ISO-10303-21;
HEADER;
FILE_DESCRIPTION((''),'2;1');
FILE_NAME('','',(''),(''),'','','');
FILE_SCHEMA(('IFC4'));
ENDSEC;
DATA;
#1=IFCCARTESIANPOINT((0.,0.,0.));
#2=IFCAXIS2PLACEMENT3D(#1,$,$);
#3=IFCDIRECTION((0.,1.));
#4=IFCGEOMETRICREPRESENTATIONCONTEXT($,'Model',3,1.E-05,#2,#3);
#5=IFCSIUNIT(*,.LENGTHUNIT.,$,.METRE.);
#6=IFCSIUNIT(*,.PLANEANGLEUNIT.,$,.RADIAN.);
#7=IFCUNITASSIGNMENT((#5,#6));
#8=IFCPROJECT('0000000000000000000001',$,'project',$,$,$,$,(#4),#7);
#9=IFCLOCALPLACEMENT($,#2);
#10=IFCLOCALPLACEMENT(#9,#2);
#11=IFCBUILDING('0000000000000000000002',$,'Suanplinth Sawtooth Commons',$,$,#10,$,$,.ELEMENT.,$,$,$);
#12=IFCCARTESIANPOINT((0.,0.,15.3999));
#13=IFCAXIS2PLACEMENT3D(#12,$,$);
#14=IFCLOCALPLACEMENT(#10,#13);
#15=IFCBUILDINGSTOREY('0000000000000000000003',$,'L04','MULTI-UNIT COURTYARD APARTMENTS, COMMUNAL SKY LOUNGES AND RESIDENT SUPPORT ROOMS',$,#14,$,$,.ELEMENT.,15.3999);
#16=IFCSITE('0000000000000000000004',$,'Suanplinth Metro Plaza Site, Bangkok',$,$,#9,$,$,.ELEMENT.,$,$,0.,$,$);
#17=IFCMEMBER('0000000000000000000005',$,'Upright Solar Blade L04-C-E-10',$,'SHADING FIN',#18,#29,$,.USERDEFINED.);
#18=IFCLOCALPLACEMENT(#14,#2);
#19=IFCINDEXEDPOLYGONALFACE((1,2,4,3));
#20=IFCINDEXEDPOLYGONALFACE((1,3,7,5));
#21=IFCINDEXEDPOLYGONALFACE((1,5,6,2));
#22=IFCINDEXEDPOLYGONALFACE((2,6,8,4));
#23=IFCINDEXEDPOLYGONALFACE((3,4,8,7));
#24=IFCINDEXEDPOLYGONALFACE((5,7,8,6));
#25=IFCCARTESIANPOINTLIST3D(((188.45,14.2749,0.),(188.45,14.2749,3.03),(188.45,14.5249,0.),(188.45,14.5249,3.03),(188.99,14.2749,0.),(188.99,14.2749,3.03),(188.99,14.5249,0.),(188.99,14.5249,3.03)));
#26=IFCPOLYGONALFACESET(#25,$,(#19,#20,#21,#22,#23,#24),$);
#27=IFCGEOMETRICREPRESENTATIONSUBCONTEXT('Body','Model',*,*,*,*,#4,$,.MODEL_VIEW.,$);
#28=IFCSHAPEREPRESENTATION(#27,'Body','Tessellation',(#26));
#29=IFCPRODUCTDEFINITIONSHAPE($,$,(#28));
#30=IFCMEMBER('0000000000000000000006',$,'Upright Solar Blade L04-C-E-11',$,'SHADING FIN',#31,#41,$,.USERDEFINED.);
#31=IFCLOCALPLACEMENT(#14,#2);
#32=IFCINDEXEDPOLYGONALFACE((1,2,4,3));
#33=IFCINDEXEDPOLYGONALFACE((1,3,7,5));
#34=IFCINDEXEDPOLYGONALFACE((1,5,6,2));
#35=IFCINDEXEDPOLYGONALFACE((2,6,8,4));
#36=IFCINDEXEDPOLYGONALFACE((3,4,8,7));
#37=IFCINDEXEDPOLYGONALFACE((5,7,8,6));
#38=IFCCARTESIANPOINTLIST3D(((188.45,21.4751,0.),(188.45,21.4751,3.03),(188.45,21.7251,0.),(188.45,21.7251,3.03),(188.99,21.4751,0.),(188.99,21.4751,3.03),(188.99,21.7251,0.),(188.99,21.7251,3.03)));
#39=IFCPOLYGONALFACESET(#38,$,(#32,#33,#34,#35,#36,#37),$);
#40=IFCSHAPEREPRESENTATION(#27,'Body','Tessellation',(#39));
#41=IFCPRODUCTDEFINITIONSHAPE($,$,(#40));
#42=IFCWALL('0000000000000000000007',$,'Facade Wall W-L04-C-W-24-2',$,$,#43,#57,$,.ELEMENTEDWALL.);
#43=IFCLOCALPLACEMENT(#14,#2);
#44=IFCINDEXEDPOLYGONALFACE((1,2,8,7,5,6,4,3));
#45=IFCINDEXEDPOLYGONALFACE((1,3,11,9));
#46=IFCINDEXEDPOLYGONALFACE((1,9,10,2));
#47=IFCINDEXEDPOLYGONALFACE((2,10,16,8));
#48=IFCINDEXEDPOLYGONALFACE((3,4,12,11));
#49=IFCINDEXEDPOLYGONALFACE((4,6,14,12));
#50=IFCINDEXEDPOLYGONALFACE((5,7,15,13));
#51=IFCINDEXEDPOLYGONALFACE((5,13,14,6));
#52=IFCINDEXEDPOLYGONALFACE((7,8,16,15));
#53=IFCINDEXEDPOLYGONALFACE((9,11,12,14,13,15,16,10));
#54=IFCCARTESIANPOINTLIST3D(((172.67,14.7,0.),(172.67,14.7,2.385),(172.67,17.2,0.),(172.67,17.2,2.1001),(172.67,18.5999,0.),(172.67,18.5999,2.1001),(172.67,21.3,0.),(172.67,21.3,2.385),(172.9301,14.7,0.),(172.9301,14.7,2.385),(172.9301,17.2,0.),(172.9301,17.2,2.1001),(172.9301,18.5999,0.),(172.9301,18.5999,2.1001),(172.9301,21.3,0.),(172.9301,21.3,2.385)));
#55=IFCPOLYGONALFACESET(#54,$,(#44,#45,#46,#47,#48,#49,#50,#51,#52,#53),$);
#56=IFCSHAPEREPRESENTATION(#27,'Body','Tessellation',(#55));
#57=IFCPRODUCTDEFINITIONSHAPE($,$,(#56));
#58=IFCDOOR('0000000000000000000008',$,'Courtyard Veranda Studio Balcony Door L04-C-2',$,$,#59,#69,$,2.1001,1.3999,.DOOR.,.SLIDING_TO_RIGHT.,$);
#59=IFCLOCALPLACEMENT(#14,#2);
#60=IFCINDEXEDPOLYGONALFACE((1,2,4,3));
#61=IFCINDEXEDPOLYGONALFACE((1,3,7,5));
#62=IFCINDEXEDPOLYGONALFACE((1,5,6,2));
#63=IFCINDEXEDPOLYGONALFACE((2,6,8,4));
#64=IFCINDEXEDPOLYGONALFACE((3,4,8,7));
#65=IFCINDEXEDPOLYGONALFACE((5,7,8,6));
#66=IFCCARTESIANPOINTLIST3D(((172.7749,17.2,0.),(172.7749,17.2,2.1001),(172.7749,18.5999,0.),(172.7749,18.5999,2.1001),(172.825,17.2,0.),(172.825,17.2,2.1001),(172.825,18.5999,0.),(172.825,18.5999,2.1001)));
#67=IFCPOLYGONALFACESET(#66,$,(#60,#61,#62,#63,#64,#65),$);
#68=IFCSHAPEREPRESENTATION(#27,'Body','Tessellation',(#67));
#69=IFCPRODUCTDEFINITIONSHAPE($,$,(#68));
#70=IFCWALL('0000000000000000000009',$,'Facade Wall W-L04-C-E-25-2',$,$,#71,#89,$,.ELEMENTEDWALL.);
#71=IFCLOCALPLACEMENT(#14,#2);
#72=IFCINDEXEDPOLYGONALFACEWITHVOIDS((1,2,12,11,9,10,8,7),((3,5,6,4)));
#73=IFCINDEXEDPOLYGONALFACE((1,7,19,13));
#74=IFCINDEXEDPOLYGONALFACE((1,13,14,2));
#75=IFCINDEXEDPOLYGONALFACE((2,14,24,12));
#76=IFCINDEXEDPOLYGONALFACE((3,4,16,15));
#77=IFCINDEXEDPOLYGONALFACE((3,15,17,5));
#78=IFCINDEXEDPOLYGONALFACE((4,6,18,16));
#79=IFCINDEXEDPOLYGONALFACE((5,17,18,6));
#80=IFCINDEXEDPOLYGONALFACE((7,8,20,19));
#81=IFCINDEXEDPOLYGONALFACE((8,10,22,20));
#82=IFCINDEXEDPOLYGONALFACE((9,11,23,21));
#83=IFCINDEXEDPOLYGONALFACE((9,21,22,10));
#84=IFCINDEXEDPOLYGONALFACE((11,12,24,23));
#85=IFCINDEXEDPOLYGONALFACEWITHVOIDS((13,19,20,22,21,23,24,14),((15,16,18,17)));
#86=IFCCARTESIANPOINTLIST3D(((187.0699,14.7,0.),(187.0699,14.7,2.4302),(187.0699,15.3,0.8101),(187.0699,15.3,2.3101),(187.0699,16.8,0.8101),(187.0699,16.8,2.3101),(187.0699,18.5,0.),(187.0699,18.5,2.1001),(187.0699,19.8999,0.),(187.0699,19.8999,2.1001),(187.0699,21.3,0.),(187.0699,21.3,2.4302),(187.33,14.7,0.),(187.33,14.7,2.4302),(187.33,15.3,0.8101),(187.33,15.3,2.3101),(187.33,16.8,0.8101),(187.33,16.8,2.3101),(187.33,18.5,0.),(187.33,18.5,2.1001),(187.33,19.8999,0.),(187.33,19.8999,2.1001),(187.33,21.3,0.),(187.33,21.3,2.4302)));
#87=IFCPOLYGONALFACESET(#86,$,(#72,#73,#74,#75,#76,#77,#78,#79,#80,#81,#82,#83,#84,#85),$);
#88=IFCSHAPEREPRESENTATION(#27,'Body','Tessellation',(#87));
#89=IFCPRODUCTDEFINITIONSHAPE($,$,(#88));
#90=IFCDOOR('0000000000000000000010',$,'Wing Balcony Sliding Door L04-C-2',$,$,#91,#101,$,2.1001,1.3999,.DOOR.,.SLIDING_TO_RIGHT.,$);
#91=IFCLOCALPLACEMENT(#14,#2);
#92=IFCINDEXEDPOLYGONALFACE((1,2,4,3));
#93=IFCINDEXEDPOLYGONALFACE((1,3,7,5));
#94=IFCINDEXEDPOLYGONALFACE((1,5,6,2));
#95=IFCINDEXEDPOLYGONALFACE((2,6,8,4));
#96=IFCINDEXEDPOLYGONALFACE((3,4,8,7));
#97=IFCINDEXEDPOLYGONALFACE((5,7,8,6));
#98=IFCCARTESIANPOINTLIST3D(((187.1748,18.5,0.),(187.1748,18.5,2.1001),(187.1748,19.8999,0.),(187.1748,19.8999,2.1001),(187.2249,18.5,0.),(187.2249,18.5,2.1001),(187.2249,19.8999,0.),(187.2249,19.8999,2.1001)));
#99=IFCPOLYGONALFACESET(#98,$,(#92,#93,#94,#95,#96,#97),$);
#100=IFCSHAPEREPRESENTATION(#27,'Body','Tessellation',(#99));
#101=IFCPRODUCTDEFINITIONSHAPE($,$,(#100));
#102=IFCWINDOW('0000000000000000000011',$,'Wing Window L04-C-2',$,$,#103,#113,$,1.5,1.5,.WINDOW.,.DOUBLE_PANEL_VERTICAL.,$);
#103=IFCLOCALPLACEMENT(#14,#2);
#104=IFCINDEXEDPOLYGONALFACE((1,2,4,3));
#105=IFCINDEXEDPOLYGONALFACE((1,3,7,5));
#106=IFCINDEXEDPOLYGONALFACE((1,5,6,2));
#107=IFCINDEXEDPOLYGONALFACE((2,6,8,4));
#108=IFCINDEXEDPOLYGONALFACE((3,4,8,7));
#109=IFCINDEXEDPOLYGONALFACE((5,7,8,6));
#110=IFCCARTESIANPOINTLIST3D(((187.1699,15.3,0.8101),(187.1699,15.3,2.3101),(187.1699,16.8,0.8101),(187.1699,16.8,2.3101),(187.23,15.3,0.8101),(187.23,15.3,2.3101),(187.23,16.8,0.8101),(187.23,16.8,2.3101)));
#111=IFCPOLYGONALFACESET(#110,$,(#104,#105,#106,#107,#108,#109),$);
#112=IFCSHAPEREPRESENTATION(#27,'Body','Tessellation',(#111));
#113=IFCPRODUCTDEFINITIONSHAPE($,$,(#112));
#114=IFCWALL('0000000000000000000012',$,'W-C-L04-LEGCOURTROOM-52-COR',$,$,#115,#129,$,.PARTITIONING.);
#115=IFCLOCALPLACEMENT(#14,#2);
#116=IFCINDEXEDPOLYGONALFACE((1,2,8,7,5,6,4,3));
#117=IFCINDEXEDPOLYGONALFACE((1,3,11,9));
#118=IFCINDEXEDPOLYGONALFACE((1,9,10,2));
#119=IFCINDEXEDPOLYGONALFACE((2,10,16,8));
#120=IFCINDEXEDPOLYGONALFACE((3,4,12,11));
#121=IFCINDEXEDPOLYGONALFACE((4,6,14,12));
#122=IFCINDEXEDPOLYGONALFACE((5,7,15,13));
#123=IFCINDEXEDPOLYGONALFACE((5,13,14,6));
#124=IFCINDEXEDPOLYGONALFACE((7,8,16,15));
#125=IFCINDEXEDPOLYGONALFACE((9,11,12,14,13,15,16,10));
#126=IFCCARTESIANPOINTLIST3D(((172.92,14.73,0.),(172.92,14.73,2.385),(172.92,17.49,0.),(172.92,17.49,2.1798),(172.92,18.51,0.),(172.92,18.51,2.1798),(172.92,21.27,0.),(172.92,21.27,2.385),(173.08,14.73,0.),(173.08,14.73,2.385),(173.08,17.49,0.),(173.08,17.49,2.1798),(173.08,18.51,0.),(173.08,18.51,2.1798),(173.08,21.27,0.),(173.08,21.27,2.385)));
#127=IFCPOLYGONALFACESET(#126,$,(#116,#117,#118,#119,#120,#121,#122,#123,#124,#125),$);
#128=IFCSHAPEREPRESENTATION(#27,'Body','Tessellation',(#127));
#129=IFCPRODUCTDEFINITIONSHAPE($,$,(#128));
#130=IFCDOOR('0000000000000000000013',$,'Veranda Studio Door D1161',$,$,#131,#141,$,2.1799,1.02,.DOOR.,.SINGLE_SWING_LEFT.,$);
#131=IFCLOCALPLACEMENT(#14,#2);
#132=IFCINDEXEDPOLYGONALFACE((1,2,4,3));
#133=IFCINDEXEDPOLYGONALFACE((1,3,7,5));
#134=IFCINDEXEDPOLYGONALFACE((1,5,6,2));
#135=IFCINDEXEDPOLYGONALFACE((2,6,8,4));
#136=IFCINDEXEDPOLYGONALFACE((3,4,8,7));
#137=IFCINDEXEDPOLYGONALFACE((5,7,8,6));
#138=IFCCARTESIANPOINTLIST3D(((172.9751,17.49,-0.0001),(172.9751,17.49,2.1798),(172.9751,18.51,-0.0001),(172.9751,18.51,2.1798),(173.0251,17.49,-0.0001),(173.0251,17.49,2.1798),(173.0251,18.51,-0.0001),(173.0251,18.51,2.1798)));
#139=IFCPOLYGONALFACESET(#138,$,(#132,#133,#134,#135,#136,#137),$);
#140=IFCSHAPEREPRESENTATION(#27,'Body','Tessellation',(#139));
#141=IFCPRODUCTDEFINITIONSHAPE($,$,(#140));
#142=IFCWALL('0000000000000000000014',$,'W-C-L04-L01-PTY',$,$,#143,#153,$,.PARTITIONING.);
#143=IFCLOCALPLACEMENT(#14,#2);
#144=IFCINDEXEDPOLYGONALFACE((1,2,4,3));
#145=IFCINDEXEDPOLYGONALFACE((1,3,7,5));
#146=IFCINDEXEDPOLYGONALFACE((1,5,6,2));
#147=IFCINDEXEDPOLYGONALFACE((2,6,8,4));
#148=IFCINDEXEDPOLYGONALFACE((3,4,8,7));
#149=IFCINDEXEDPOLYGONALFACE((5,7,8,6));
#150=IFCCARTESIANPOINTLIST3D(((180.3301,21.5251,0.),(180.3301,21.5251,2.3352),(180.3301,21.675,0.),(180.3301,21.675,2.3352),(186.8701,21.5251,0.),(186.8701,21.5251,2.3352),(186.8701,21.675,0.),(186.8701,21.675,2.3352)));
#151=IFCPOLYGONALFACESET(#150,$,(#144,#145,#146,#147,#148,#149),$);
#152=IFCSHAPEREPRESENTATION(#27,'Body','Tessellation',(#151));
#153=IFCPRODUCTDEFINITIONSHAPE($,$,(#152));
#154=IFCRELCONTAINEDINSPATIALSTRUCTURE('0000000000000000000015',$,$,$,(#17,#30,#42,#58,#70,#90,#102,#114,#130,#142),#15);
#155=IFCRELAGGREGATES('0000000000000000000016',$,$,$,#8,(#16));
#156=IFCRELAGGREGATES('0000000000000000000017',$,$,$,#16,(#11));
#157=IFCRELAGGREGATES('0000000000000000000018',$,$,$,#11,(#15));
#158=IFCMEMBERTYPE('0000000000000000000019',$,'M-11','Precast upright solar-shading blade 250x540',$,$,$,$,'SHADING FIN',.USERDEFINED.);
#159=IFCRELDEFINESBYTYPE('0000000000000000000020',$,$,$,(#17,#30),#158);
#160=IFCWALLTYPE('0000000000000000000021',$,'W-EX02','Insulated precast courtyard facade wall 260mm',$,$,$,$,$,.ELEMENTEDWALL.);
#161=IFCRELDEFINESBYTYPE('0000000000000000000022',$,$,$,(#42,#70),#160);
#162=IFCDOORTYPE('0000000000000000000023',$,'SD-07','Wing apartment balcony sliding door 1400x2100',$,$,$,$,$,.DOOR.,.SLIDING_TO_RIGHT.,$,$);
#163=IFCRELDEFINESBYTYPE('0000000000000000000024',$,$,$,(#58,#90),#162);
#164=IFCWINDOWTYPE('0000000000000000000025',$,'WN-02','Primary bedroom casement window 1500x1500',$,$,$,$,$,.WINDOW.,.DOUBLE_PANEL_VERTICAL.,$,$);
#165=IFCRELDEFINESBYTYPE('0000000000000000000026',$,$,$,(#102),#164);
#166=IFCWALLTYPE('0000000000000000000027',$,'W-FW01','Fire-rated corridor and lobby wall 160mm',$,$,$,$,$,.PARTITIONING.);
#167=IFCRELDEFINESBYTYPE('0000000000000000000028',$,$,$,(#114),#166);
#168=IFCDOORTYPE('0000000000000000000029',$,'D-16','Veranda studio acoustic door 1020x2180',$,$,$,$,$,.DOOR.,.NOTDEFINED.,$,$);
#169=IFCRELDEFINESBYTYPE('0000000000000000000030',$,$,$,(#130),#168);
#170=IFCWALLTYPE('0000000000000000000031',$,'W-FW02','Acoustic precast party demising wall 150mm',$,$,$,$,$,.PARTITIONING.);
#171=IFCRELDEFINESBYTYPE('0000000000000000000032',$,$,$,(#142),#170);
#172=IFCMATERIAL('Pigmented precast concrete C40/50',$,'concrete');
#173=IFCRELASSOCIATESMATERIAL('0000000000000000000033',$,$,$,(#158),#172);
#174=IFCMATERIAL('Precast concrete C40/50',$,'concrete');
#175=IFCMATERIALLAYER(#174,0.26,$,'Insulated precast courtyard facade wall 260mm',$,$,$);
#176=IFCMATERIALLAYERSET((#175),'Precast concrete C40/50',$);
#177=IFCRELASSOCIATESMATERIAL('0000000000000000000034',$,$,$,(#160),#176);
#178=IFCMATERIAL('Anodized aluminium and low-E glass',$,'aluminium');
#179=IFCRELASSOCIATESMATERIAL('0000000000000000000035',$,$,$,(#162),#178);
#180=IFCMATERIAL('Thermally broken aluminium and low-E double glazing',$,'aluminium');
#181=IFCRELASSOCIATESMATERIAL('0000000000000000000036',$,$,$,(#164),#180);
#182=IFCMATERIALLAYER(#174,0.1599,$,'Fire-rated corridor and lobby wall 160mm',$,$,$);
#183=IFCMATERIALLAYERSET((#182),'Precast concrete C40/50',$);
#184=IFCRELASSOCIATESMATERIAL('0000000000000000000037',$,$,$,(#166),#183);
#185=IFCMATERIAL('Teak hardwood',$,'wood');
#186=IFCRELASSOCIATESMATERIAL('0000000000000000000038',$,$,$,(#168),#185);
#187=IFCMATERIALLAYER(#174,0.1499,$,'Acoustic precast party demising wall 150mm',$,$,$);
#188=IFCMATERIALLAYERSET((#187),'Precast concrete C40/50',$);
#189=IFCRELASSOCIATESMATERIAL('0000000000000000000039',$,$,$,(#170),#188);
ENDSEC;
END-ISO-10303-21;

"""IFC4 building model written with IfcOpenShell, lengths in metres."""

from ifc_helpers import new_model, si_unit, direction, frame, frame_2d, origin, origin_2d, place, context, subcontext, project, spatial, rectangle, extrude, material, layer, layer_set, material_profile, profile_set, type_object, element, fill, save


model = new_model("IFC4")

# Units and contexts
model_context = context("Model", 3, precision=1e-05, world=origin(), true_north=direction((0.0, 1.0)))
body_context = subcontext(model_context, "Body", "Model", "MODEL_VIEW")
ifc_project = project(units=[si_unit("LENGTHUNIT", "METRE"), si_unit("PLANEANGLEUNIT", "RADIAN")], contexts=[model_context])

# Site, building, storey
site_placement = place(None, origin())
site = spatial("IfcSite", under=ifc_project, at=site_placement, Name="Suanplinth Metro Plaza Site, Bangkok", CompositionType="ELEMENT", RefElevation=0.0)
building_placement = place(site_placement, origin())
building = spatial("IfcBuilding", under=site, at=building_placement, Name="Suanplinth Sawtooth Commons", CompositionType="ELEMENT")
storey_placement = place(building_placement, frame((0.0, 0.0, 15.3999)))
storey = spatial("IfcBuildingStorey", under=building, at=storey_placement, Name="L04", Description="MULTI-UNIT COURTYARD APARTMENTS, COMMUNAL SKY LOUNGES AND RESIDENT SUPPORT ROOMS", CompositionType="ELEMENT", Elevation=15.3999)

# Shared definitions
ifc_material_1 = material(Name="Precast concrete C40/50", Category="concrete")

# Members
ifc_material_2 = material(Name="Pigmented precast concrete C40/50", Category="concrete")
ifc_material_profile_1 = material_profile(ifc_material_2, rectangle(XDim=0.25, YDim=0.54, at=origin_2d()), Name="PC-FIN 250x540")
ifc_profile_set_1 = profile_set([ifc_material_profile_1], Name="Pigmented precast concrete C40/50")
member_type = type_object("IfcMemberType", Name="M-11", Description="Precast upright solar-shading blade 250x540", ElementType="SHADING FIN", PredefinedType="USERDEFINED", material=ifc_profile_set_1)
for number, where, z_axis, x_axis, name in (
    (1, (188.72, 14.3999, 0.0), (0.0, 0.0, 1.0), (0.0, 1.0, 0.0), "Upright Solar Blade L04-C-E-10"),
    (2, (188.72, 21.6001, 0.0), (0.0, 0.0, 1.0), (0.0, 1.0, 0.0), "Upright Solar Blade L04-C-E-11"),
):
    element("IfcMember", number, at=place(storey_placement, frame(where, z_axis=z_axis, x_axis=x_axis)), inside=storey, type_object=member_type, Name=name, ObjectType="SHADING FIN", PredefinedType="USERDEFINED", context=body_context, shape_type="SweptSolid", body=[
        extrude(rectangle(XDim=0.25, YDim=0.54, at=origin_2d()), origin(), (0.0, 0.0, 1.0), 3.03),
    ])

# Wall, opening, door
ifc_layer_1 = layer(ifc_material_1, 0.26, Name="Insulated precast courtyard facade wall 260mm")
ifc_layer_set_1 = layer_set([ifc_layer_1], Name="Precast concrete C40/50")
wall_type_1 = type_object("IfcWallType", Name="W-EX02", Description="Insulated precast courtyard facade wall 260mm", PredefinedType="ELEMENTEDWALL", material=ifc_layer_set_1)
wall_1_placement = place(storey_placement, frame((172.8, 14.7, 0.0), z_axis=(0.0, 0.0, 1.0), x_axis=(0.0, 1.0, 0.0)))
wall_1 = element("IfcWall", 3, at=wall_1_placement, inside=storey, type_object=wall_type_1, Name="Facade Wall W-L04-C-W-24-2", PredefinedType="ELEMENTEDWALL", context=body_context, shape_type="SweptSolid", body=[
    extrude(rectangle(XDim=6.6001, YDim=0.26, at=frame_2d((3.3, 0.0))), origin(), (0.0, 0.0, 1.0), 2.385),
])
opening_1_placement = place(wall_1_placement, frame((2.5, 0.0, 0.0)))
opening_1 = element("IfcOpeningElement", 4, at=opening_1_placement, cuts=wall_1, PredefinedType="OPENING", context=body_context, shape_type="SweptSolid", body=[
    extrude(rectangle(XDim=1.3999, YDim=2.1001, at=frame_2d((0.7, 1.05))), frame((0.0, 0.145, 0.0), z_axis=(0.0, -1.0, 0.0), x_axis=(1.0, 0.0, 0.0)), (0.0, 0.0, 1.0), 0.2898),
])
ifc_material_3 = material(Name="Anodized aluminium and low-E glass", Category="aluminium")
door_type_1 = type_object("IfcDoorType", Name="SD-07", Description="Wing apartment balcony sliding door 1400x2100", OperationType="SLIDING_TO_RIGHT", PredefinedType="DOOR", material=ifc_material_3)
door_1_placement = place(opening_1_placement, frame((1.3999, 0.0, 0.0), z_axis=(0.0, 0.0, 1.0), x_axis=(-1.0, 0.0, 0.0)))
door_1 = element("IfcDoor", 5, at=door_1_placement, inside=storey, type_object=door_type_1, Name="Courtyard Veranda Studio Balcony Door L04-C-2", OperationType="SLIDING_TO_RIGHT", OverallHeight=2.1001, OverallWidth=1.3999, PredefinedType="DOOR", context=body_context, shape_type="SweptSolid", body=[
    extrude(rectangle(XDim=1.3999, YDim=2.1001, at=frame_2d((0.7, 1.05))), frame((0.0, 0.0249, 0.0), z_axis=(0.0, -1.0, 0.0), x_axis=(1.0, 0.0, 0.0)), (0.0, 0.0, 1.0), 0.05),
])
fill(opening_1, door_1)

# Wall, openings, door, window
wall_2_placement = place(storey_placement, frame((187.2, 14.7, 0.0), z_axis=(0.0, 0.0, 1.0), x_axis=(0.0, 1.0, 0.0)))
wall_2 = element("IfcWall", 6, at=wall_2_placement, inside=storey, type_object=wall_type_1, Name="Facade Wall W-L04-C-E-25-2", PredefinedType="ELEMENTEDWALL", context=body_context, shape_type="SweptSolid", body=[
    extrude(rectangle(XDim=6.6001, YDim=0.26, at=frame_2d((3.3, 0.0))), origin(), (0.0, 0.0, 1.0), 2.4302),
])
opening_2_placement = place(wall_2_placement, frame((3.8, 0.0, 0.0)))
opening_2 = element("IfcOpeningElement", 7, at=opening_2_placement, cuts=wall_2, PredefinedType="OPENING", context=body_context, shape_type="SweptSolid", body=[
    extrude(rectangle(XDim=1.3999, YDim=2.1001, at=frame_2d((0.7, 1.05))), frame((0.0, 0.145, 0.0), z_axis=(0.0, -1.0, 0.0), x_axis=(1.0, 0.0, 0.0)), (0.0, 0.0, 1.0), 0.2898),
])
opening_3_placement = place(wall_2_placement, frame((0.6001, 0.0, 0.8101)))
opening_3 = element("IfcOpeningElement", 8, at=opening_3_placement, cuts=wall_2, PredefinedType="OPENING", context=body_context, shape_type="SweptSolid", body=[
    extrude(rectangle(XDim=1.5, YDim=1.5, at=frame_2d((0.75, 0.75))), frame((0.0, 0.145, 0.0), z_axis=(0.0, -1.0, 0.0), x_axis=(1.0, 0.0, 0.0)), (0.0, 0.0, 1.0), 0.2898),
])
door_2_placement = place(opening_2_placement, frame((1.3999, 0.0, 0.0), z_axis=(0.0, 0.0, 1.0), x_axis=(-1.0, 0.0, 0.0)))
door_2 = element("IfcDoor", 9, at=door_2_placement, inside=storey, type_object=door_type_1, Name="Wing Balcony Sliding Door L04-C-2", OperationType="SLIDING_TO_RIGHT", OverallHeight=2.1001, OverallWidth=1.3999, PredefinedType="DOOR", context=body_context, shape_type="SweptSolid", body=[
    extrude(rectangle(XDim=1.3999, YDim=2.1001, at=frame_2d((0.7, 1.05))), frame((0.0, 0.0249, 0.0), z_axis=(0.0, -1.0, 0.0), x_axis=(1.0, 0.0, 0.0)), (0.0, 0.0, 1.0), 0.05),
])
fill(opening_2, door_2)
ifc_material_4 = material(Name="Thermally broken aluminium and low-E double glazing", Category="aluminium")
window_type = type_object("IfcWindowType", Name="WN-02", Description="Primary bedroom casement window 1500x1500", PartitioningType="DOUBLE_PANEL_VERTICAL", PredefinedType="WINDOW", material=ifc_material_4)
window_placement = place(opening_3_placement, origin())
window = element("IfcWindow", 10, at=window_placement, inside=storey, type_object=window_type, Name="Wing Window L04-C-2", OverallHeight=1.5, OverallWidth=1.5, PartitioningType="DOUBLE_PANEL_VERTICAL", PredefinedType="WINDOW", context=body_context, shape_type="SweptSolid", body=[
    extrude(rectangle(XDim=1.5, YDim=1.5, at=frame_2d((0.75, 0.75))), frame((0.0, 0.03, 0.0), z_axis=(0.0, -1.0, 0.0), x_axis=(1.0, 0.0, 0.0)), (0.0, 0.0, 1.0), 0.0601),
])
fill(opening_3, window)

# Wall, opening, door
ifc_layer_2 = layer(ifc_material_1, 0.1599, Name="Fire-rated corridor and lobby wall 160mm")
ifc_layer_set_2 = layer_set([ifc_layer_2], Name="Precast concrete C40/50")
wall_type_2 = type_object("IfcWallType", Name="W-FW01", Description="Fire-rated corridor and lobby wall 160mm", PredefinedType="PARTITIONING", material=ifc_layer_set_2)
wall_3_placement = place(storey_placement, frame((173.0, 14.73, 0.0), z_axis=(0.0, 0.0, 1.0), x_axis=(0.0, 1.0, 0.0)))
wall_3 = element("IfcWall", 11, at=wall_3_placement, inside=storey, type_object=wall_type_2, Name="W-C-L04-LEGCOURTROOM-52-COR", PredefinedType="PARTITIONING", context=body_context, shape_type="SweptSolid", body=[
    extrude(rectangle(XDim=6.54, YDim=0.1599, at=frame_2d((3.27, 0.0))), origin(), (0.0, 0.0, 1.0), 2.385),
])
opening_4_placement = place(wall_3_placement, frame((2.76, 0.0, 0.0)))
opening_4 = element("IfcOpeningElement", 12, at=opening_4_placement, cuts=wall_3, PredefinedType="OPENING", context=body_context, shape_type="SweptSolid", body=[
    extrude(rectangle(XDim=1.02, YDim=2.1799, at=frame_2d((0.51, 1.0898))), frame((0.0, 0.0947, 0.0), z_axis=(0.0, -1.0, 0.0), x_axis=(1.0, 0.0, 0.0)), (0.0, 0.0, 1.0), 0.1897),
])
ifc_material_5 = material(Name="Teak hardwood", Category="wood")
door_type_2 = type_object("IfcDoorType", Name="D-16", Description="Veranda studio acoustic door 1020x2180", OperationType="NOTDEFINED", PredefinedType="DOOR", material=ifc_material_5)
door_3_placement = place(opening_4_placement, origin())
door_3 = element("IfcDoor", 13, at=door_3_placement, inside=storey, type_object=door_type_2, Name="Veranda Studio Door D1161", OperationType="SINGLE_SWING_LEFT", OverallHeight=2.1799, OverallWidth=1.02, PredefinedType="DOOR", context=body_context, shape_type="SweptSolid", body=[
    extrude(rectangle(XDim=1.02, YDim=2.1799, at=frame_2d((0.51, 1.0898))), frame((0.0, 0.0249, 0.0), z_axis=(0.0, -1.0, 0.0), x_axis=(1.0, 0.0, 0.0)), (0.0, 0.0, 1.0), 0.05),
])
fill(opening_4, door_3)

# Wall
ifc_layer_3 = layer(ifc_material_1, 0.1499, Name="Acoustic precast party demising wall 150mm")
ifc_layer_set_3 = layer_set([ifc_layer_3], Name="Precast concrete C40/50")
wall_type_3 = type_object("IfcWallType", Name="W-FW02", Description="Acoustic precast party demising wall 150mm", PredefinedType="PARTITIONING", material=ifc_layer_set_3)
wall_4_placement = place(storey_placement, frame((180.3301, 21.6001, 0.0), z_axis=(0.0, 0.0, 1.0), x_axis=(1.0, 0.0, 0.0)))
element("IfcWall", 14, at=wall_4_placement, inside=storey, type_object=wall_type_3, Name="W-C-L04-L01-PTY", PredefinedType="PARTITIONING", context=body_context, shape_type="SweptSolid", body=[
    extrude(rectangle(XDim=6.54, YDim=0.1499, at=frame_2d((3.27, 0.0))), origin(), (0.0, 0.0, 1.0), 2.3352),
])

save(model, "model.ifc")
